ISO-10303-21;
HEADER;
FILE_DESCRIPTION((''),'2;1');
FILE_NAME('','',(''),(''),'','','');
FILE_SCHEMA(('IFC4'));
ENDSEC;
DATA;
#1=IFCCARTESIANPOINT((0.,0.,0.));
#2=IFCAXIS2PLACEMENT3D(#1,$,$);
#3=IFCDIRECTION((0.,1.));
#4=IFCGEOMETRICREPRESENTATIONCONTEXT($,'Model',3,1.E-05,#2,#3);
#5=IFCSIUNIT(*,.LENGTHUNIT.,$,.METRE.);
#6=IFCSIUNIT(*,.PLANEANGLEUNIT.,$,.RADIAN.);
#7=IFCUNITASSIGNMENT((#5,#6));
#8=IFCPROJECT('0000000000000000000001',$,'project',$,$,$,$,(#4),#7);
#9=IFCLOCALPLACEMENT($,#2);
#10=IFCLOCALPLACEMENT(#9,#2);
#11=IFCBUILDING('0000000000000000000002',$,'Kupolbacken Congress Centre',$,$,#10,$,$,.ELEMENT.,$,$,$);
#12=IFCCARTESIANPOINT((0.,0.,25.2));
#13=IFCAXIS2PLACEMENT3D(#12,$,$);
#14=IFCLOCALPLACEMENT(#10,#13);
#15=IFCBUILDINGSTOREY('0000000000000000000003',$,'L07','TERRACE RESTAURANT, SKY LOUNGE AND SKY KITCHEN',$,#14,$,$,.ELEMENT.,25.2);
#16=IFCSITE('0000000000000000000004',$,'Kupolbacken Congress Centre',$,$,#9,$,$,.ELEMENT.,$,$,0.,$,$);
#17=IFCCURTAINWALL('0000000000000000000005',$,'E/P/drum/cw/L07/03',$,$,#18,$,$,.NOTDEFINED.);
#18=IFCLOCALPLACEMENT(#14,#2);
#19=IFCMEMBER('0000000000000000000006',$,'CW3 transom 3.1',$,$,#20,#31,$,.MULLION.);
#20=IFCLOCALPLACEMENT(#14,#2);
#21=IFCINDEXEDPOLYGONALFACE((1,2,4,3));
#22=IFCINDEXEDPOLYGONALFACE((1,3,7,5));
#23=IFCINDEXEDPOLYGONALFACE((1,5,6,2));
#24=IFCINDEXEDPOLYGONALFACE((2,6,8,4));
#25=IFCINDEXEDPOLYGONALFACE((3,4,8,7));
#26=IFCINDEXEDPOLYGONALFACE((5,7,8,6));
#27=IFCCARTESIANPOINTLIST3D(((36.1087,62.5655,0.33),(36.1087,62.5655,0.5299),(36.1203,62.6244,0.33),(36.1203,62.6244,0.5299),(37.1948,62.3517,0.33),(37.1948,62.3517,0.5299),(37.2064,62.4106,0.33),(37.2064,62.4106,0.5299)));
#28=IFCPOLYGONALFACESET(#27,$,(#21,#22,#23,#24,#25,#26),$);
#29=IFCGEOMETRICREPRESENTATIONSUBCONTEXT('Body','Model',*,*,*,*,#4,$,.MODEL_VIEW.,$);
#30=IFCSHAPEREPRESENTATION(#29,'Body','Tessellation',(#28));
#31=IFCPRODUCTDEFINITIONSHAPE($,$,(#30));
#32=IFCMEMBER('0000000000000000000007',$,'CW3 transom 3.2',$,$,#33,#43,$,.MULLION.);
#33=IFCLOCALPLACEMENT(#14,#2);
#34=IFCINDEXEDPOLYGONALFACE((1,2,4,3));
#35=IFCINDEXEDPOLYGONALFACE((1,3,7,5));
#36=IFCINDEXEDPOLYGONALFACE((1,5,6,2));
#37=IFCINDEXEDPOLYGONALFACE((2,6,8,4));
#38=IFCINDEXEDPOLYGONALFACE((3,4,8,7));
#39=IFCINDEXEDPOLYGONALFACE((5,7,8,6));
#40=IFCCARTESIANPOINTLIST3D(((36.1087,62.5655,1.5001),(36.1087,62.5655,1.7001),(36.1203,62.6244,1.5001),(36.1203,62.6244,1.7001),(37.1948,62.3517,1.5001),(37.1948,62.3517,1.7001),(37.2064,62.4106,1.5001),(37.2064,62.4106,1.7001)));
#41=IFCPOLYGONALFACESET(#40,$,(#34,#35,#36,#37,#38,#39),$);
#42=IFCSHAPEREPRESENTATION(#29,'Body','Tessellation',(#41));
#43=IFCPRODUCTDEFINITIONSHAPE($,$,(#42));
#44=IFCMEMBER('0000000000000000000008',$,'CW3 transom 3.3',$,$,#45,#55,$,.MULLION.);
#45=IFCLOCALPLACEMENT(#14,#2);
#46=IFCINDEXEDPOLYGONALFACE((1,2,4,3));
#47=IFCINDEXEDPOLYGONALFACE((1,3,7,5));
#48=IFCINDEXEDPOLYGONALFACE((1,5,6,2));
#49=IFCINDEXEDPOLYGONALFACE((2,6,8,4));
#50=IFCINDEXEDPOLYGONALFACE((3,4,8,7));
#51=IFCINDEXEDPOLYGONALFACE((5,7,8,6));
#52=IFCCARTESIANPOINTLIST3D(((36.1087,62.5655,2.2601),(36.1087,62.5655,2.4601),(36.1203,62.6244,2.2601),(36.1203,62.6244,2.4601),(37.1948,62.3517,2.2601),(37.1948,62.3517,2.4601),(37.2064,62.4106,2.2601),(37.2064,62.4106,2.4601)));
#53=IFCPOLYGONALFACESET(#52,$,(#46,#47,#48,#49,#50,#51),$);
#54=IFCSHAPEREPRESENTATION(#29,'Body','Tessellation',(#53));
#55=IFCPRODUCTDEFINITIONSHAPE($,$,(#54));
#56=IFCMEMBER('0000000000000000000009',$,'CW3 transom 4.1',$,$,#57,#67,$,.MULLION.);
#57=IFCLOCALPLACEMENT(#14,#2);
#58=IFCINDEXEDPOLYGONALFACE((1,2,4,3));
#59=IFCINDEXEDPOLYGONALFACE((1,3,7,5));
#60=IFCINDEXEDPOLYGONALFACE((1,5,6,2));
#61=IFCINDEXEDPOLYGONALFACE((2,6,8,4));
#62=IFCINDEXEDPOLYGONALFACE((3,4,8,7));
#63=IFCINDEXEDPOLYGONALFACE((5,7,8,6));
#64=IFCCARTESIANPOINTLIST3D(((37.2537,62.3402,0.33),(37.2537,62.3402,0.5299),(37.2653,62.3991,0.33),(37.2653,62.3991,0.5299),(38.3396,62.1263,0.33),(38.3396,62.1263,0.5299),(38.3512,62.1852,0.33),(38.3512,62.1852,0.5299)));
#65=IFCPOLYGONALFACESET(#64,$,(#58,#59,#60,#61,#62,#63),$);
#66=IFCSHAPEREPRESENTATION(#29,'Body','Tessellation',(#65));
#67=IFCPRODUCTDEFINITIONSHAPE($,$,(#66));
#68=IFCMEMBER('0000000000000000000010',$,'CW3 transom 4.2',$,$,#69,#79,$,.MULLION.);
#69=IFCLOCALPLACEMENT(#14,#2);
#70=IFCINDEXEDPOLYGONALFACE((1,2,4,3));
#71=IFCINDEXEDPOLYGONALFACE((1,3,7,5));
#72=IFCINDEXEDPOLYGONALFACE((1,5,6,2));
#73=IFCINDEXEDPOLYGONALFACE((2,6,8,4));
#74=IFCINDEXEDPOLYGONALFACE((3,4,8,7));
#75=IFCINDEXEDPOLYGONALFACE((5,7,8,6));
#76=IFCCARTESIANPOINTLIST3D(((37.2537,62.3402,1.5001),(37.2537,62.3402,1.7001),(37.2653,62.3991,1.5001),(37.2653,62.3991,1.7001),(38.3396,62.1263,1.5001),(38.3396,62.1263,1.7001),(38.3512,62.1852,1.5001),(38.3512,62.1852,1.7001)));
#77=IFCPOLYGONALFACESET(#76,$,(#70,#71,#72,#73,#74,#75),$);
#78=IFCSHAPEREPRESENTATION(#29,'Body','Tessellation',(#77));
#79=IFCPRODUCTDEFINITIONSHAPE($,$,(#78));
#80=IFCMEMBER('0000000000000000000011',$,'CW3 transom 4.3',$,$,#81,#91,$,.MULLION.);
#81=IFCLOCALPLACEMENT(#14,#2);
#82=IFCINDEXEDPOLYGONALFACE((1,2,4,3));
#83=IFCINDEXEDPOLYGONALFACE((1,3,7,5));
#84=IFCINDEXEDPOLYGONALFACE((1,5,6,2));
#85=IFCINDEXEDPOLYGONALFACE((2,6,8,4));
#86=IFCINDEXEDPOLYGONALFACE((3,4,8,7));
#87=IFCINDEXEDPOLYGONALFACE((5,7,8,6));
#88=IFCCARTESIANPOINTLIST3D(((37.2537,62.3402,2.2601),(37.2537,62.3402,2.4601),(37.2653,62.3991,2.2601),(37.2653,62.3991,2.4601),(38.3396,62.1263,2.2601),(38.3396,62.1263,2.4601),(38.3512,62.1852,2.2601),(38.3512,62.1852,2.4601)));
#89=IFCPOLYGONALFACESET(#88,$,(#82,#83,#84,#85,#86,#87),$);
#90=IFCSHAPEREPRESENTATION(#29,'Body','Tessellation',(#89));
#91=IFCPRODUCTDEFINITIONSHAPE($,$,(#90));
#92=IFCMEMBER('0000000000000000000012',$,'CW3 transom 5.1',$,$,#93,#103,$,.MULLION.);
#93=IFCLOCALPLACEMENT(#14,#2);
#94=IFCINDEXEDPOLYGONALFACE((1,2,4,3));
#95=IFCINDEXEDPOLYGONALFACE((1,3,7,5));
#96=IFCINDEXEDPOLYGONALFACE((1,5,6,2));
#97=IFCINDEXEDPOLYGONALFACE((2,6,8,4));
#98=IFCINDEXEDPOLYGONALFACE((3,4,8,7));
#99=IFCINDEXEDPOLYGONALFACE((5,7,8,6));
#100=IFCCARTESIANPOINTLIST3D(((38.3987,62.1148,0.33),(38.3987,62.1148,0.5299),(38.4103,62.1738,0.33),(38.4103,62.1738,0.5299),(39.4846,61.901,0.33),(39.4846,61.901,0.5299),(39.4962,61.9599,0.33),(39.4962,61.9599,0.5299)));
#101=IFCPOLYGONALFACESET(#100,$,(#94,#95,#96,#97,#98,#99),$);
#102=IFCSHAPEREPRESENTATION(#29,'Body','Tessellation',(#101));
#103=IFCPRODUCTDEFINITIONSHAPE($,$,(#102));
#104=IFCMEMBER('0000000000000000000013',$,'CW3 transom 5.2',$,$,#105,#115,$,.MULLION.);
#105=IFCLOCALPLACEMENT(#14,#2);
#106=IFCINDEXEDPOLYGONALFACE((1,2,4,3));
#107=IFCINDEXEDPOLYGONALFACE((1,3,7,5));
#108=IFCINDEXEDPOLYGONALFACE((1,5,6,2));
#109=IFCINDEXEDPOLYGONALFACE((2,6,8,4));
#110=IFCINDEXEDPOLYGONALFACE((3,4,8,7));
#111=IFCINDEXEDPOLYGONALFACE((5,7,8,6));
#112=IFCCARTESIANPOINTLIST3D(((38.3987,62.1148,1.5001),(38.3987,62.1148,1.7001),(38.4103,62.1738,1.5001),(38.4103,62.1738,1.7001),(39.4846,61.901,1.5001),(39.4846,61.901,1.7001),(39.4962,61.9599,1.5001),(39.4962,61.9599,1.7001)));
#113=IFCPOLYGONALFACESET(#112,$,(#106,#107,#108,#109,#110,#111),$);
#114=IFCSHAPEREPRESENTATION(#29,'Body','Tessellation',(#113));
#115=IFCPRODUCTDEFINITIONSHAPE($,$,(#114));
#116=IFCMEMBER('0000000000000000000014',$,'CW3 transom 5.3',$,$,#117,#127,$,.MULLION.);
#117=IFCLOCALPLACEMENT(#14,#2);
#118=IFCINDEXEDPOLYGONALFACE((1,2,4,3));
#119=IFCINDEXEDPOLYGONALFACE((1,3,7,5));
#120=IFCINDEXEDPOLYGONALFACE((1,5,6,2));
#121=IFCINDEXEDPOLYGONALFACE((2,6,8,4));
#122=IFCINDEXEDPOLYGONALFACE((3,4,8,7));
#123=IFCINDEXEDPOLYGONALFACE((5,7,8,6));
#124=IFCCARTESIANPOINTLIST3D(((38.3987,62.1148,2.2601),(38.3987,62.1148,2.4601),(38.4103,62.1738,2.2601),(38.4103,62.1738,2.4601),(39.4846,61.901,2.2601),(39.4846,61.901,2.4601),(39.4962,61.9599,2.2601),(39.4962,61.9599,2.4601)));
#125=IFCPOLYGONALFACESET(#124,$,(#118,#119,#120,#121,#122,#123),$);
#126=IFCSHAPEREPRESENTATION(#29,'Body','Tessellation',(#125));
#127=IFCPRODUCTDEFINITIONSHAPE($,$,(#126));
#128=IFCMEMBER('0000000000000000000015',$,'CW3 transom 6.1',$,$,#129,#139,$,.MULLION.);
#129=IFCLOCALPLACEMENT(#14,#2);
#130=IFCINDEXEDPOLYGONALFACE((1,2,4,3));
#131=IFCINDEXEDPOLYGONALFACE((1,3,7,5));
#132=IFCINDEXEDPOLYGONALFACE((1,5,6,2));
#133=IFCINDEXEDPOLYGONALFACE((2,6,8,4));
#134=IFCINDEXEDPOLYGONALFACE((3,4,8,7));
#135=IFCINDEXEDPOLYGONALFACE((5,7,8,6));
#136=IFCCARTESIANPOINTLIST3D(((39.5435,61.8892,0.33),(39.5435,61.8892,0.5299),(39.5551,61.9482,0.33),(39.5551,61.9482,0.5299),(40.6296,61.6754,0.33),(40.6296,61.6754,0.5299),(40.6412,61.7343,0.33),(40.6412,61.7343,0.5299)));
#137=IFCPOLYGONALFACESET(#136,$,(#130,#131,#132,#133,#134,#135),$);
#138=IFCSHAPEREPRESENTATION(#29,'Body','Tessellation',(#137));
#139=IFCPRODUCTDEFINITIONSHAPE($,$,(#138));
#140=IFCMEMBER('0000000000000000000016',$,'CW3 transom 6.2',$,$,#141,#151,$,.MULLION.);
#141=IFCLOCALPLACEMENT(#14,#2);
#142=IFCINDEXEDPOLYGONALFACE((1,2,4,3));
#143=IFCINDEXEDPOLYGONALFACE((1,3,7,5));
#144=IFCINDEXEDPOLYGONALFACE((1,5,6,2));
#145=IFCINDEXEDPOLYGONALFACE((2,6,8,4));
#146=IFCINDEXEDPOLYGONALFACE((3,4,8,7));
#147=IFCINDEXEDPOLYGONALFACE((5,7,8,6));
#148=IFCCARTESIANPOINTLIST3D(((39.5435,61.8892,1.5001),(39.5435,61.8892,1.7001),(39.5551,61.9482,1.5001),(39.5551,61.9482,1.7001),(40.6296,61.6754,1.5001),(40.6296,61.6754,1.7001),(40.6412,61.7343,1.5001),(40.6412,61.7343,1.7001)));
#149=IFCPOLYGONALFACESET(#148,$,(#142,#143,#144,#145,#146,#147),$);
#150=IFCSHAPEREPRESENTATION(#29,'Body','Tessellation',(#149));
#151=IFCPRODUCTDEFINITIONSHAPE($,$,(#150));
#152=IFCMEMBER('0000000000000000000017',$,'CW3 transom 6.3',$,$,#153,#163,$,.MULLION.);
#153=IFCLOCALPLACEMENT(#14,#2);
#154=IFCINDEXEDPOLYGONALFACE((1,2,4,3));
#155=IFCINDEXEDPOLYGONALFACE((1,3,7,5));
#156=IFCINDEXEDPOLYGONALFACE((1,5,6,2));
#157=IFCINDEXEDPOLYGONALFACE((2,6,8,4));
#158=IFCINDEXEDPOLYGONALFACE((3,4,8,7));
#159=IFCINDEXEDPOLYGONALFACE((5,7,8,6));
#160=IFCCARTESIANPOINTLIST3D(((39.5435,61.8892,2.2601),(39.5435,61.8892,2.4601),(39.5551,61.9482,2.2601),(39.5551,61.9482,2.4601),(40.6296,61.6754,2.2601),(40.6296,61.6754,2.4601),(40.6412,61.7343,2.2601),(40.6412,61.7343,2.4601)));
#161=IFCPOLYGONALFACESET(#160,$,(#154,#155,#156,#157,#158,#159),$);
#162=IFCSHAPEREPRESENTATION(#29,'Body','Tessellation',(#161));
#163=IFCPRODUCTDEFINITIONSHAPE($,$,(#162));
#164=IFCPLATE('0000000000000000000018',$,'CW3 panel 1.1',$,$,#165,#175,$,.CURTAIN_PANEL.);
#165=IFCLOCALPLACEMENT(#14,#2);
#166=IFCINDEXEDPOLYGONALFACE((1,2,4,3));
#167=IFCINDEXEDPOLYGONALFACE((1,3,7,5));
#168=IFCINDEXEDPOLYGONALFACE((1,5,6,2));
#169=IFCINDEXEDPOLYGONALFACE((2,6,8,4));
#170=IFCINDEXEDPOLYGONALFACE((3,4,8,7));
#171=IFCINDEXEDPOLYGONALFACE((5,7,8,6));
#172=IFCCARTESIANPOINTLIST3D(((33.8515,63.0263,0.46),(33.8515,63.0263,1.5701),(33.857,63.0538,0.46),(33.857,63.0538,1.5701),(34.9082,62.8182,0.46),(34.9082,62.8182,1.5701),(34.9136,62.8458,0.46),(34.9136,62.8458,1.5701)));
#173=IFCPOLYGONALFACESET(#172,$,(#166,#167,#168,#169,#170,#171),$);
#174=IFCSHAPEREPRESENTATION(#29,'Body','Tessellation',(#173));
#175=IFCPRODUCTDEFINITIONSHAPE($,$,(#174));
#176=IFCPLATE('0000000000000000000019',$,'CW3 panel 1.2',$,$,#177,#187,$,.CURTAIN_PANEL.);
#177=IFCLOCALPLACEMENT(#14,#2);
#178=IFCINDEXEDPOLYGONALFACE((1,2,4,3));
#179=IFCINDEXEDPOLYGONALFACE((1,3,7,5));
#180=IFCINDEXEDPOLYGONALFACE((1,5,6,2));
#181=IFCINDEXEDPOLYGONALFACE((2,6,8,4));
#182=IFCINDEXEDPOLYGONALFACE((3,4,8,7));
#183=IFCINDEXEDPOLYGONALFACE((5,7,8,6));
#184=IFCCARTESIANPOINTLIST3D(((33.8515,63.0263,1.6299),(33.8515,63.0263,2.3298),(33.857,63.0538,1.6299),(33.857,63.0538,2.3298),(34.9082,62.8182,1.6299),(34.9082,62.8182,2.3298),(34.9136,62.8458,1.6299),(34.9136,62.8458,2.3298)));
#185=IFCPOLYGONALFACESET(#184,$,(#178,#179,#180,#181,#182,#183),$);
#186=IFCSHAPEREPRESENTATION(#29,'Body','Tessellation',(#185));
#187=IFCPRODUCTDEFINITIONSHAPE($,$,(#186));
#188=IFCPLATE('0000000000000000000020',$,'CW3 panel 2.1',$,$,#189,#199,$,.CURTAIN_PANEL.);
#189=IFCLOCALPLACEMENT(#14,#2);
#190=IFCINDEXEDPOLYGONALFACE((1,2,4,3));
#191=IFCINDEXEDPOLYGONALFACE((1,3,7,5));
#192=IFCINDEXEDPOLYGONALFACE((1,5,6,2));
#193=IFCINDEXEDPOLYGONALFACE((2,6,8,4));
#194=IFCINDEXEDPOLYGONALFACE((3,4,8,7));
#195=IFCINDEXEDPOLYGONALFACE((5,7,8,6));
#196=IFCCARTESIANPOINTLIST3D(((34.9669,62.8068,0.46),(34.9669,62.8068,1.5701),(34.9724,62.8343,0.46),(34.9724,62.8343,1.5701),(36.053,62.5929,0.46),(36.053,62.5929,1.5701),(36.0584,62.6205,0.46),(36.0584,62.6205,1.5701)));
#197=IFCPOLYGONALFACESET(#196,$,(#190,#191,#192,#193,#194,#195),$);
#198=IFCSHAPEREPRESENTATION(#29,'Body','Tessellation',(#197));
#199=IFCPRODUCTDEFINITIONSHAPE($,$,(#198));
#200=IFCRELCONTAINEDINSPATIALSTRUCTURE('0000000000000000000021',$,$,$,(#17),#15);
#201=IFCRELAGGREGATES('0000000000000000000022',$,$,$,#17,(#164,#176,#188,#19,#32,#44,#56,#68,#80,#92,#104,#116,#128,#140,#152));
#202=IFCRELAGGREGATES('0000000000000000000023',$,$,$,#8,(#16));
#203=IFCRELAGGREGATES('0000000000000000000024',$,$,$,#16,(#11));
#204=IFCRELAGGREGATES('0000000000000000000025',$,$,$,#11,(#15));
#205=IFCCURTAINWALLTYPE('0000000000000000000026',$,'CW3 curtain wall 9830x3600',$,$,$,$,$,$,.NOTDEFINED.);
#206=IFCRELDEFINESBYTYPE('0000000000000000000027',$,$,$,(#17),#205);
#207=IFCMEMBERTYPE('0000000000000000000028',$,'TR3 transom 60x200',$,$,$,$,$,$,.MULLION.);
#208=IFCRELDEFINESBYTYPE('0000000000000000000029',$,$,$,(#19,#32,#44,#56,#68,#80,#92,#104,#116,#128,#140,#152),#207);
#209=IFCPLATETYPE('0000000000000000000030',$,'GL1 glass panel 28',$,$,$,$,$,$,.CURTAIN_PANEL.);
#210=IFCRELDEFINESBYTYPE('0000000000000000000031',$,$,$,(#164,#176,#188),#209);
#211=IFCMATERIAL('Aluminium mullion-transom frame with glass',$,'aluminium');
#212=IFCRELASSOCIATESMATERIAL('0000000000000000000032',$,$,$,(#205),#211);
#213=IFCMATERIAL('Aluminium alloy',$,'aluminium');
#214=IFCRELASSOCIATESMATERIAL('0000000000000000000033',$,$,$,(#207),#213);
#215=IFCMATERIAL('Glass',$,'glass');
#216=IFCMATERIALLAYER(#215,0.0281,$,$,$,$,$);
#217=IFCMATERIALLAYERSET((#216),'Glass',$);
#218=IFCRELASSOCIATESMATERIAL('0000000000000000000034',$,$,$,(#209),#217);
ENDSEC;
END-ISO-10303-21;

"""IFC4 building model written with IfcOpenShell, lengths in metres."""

from ifc_helpers import new_model, si_unit, direction, frame, origin, origin_2d, place, context, subcontext, project, spatial, rectangle, extrude, material, layer, layer_set, material_profile, profile_set, type_object, element, aggregate, save


model = new_model("IFC4")

# Units and contexts
model_context = context("Model", 3, precision=1e-05, world=origin(), true_north=direction((0.0, 1.0)))
body_context = subcontext(model_context, "Body", "Model", "MODEL_VIEW")
ifc_project = project(units=[si_unit("LENGTHUNIT", "METRE"), si_unit("PLANEANGLEUNIT", "RADIAN")], contexts=[model_context])

# Site, building, storey
site_placement = place(None, origin())
site = spatial("IfcSite", under=ifc_project, at=site_placement, Name="Kupolbacken Congress Centre", CompositionType="ELEMENT", RefElevation=0.0)
building_placement = place(site_placement, origin())
building = spatial("IfcBuilding", under=site, at=building_placement, Name="Kupolbacken Congress Centre", CompositionType="ELEMENT")
storey_placement = place(building_placement, frame((0.0, 0.0, 25.2)))
storey = spatial("IfcBuildingStorey", under=building, at=storey_placement, Name="L07", Description="TERRACE RESTAURANT, SKY LOUNGE AND SKY KITCHEN", CompositionType="ELEMENT", Elevation=25.2)

# Curtain wall, members, plates
ifc_material_1 = material(Name="Aluminium mullion-transom frame with glass", Category="aluminium")
curtain_wall_type = type_object("IfcCurtainWallType", Name="CW3 curtain wall 9830x3600", PredefinedType="NOTDEFINED", material=ifc_material_1)
curtain_wall_placement = place(storey_placement, origin())
curtain_wall = element("IfcCurtainWall", 1, at=curtain_wall_placement, inside=storey, type_object=curtain_wall_type, Name="E/P/drum/cw/L07/03", PredefinedType="NOTDEFINED")
ifc_material_2 = material(Name="Aluminium alloy", Category="aluminium")
ifc_material_profile_1 = material_profile(ifc_material_2, rectangle(XDim=0.0601, YDim=0.2, at=origin_2d()), Name="60 x 200")
ifc_profile_set_1 = profile_set([ifc_material_profile_1], Name="Aluminium alloy")
member_type_1 = type_object("IfcMemberType", Name="TR3 transom 60x200", PredefinedType="MULLION", material=ifc_profile_set_1)
member_1_placement = place(storey_placement, frame((36.1145, 62.595, 0.4299), z_axis=(0.981162, -0.193189, 0.0), x_axis=(0.193189, 0.981162, 0.0)))
member_1 = element("IfcMember", 2, at=member_1_placement, type_object=member_type_1, Name="CW3 transom 3.1", PredefinedType="MULLION", context=body_context, shape_type="SweptSolid", body=[
    extrude(rectangle(XDim=0.0601, YDim=0.2, at=origin_2d()), origin(), (0.0, 0.0, 1.0), 1.1069),
])
member_2_placement = place(storey_placement, frame((36.1145, 62.595, 1.6001), z_axis=(0.981162, -0.193189, 0.0), x_axis=(0.193189, 0.981162, 0.0)))
member_2 = element("IfcMember", 3, at=member_2_placement, type_object=member_type_1, Name="CW3 transom 3.2", PredefinedType="MULLION", context=body_context, shape_type="SweptSolid", body=[
    extrude(rectangle(XDim=0.0601, YDim=0.2, at=origin_2d()), origin(), (0.0, 0.0, 1.0), 1.1069),
])
member_3_placement = place(storey_placement, frame((36.1145, 62.595, 2.3601), z_axis=(0.981162, -0.193189, 0.0), x_axis=(0.193189, 0.981162, 0.0)))
member_3 = element("IfcMember", 4, at=member_3_placement, type_object=member_type_1, Name="CW3 transom 3.3", PredefinedType="MULLION", context=body_context, shape_type="SweptSolid", body=[
    extrude(rectangle(XDim=0.0601, YDim=0.2, at=origin_2d()), origin(), (0.0, 0.0, 1.0), 1.1069),
])
member_4_placement = place(storey_placement, frame((37.2595, 62.3696, 0.4299), z_axis=(0.981153, -0.193231, 0.0), x_axis=(0.193231, 0.981153, 0.0)))
member_4 = element("IfcMember", 5, at=member_4_placement, type_object=member_type_1, Name="CW3 transom 4.1", PredefinedType="MULLION", context=body_context, shape_type="SweptSolid", body=[
    extrude(rectangle(XDim=0.0601, YDim=0.2, at=origin_2d()), origin(), (0.0, 0.0, 1.0), 1.1067),
])
member_5_placement = place(storey_placement, frame((37.2595, 62.3696, 1.6001), z_axis=(0.981153, -0.193231, 0.0), x_axis=(0.193231, 0.981153, 0.0)))
member_5 = element("IfcMember", 6, at=member_5_placement, type_object=member_type_1, Name="CW3 transom 4.2", PredefinedType="MULLION", context=body_context, shape_type="SweptSolid", body=[
    extrude(rectangle(XDim=0.0601, YDim=0.2, at=origin_2d()), origin(), (0.0, 0.0, 1.0), 1.1067),
])
member_6_placement = place(storey_placement, frame((37.2595, 62.3696, 2.3601), z_axis=(0.981153, -0.193231, 0.0), x_axis=(0.193231, 0.981153, 0.0)))
member_6 = element("IfcMember", 7, at=member_6_placement, type_object=member_type_1, Name="CW3 transom 4.3", PredefinedType="MULLION", context=body_context, shape_type="SweptSolid", body=[
    extrude(rectangle(XDim=0.0601, YDim=0.2, at=origin_2d()), origin(), (0.0, 0.0, 1.0), 1.1067),
])
member_7_placement = place(storey_placement, frame((38.4045, 62.1443, 0.4299), z_axis=(0.981153, -0.193231, 0.0), x_axis=(0.193231, 0.981153, 0.0)))
member_7 = element("IfcMember", 8, at=member_7_placement, type_object=member_type_1, Name="CW3 transom 5.1", PredefinedType="MULLION", context=body_context, shape_type="SweptSolid", body=[
    extrude(rectangle(XDim=0.0601, YDim=0.2, at=origin_2d()), origin(), (0.0, 0.0, 1.0), 1.1067),
])
member_8_placement = place(storey_placement, frame((38.4045, 62.1443, 1.6001), z_axis=(0.981153, -0.193231, 0.0), x_axis=(0.193231, 0.981153, 0.0)))
member_8 = element("IfcMember", 9, at=member_8_placement, type_object=member_type_1, Name="CW3 transom 5.2", PredefinedType="MULLION", context=body_context, shape_type="SweptSolid", body=[
    extrude(rectangle(XDim=0.0601, YDim=0.2, at=origin_2d()), origin(), (0.0, 0.0, 1.0), 1.1067),
])
member_9_placement = place(storey_placement, frame((38.4045, 62.1443, 2.3601), z_axis=(0.981153, -0.193231, 0.0), x_axis=(0.193231, 0.981153, 0.0)))
member_9 = element("IfcMember", 10, at=member_9_placement, type_object=member_type_1, Name="CW3 transom 5.3", PredefinedType="MULLION", context=body_context, shape_type="SweptSolid", body=[
    extrude(rectangle(XDim=0.0601, YDim=0.2, at=origin_2d()), origin(), (0.0, 0.0, 1.0), 1.1067),
])
member_10_placement = place(storey_placement, frame((39.5493, 61.9187, 0.4299), z_axis=(0.981162, -0.193189, 0.0), x_axis=(0.193189, 0.981162, 0.0)))
member_10 = element("IfcMember", 11, at=member_10_placement, type_object=member_type_1, Name="CW3 transom 6.1", PredefinedType="MULLION", context=body_context, shape_type="SweptSolid", body=[
    extrude(rectangle(XDim=0.0601, YDim=0.2, at=origin_2d()), origin(), (0.0, 0.0, 1.0), 1.1069),
])
member_11_placement = place(storey_placement, frame((39.5493, 61.9187, 1.6001), z_axis=(0.981162, -0.193189, 0.0), x_axis=(0.193189, 0.981162, 0.0)))
member_11 = element("IfcMember", 12, at=member_11_placement, type_object=member_type_1, Name="CW3 transom 6.2", PredefinedType="MULLION", context=body_context, shape_type="SweptSolid", body=[
    extrude(rectangle(XDim=0.0601, YDim=0.2, at=origin_2d()), origin(), (0.0, 0.0, 1.0), 1.1069),
])
member_12_placement = place(storey_placement, frame((39.5493, 61.9187, 2.3601), z_axis=(0.981162, -0.193189, 0.0), x_axis=(0.193189, 0.981162, 0.0)))
member_12 = element("IfcMember", 13, at=member_12_placement, type_object=member_type_1, Name="CW3 transom 6.3", PredefinedType="MULLION", context=body_context, shape_type="SweptSolid", body=[
    extrude(rectangle(XDim=0.0601, YDim=0.2, at=origin_2d()), origin(), (0.0, 0.0, 1.0), 1.1069),
])
ifc_material_3 = material(Name="Glass", Category="glass")
ifc_layer = layer(ifc_material_3, 0.0281)
ifc_layer_set = layer_set([ifc_layer], Name="Glass")
plate_type = type_object("IfcPlateType", Name="GL1 glass panel 28", PredefinedType="CURTAIN_PANEL", material=ifc_layer_set)
plate_1_placement = place(storey_placement, frame((34.3826, 62.936, 0.46), z_axis=(0.0, 0.0, 1.0), x_axis=(0.981163, -0.193182, 0.0)))
plate_1 = element("IfcPlate", 14, at=plate_1_placement, type_object=plate_type, Name="CW3 panel 1.1", PredefinedType="CURTAIN_PANEL", context=body_context, shape_type="SweptSolid", body=[
    extrude(rectangle(XDim=1.0769, YDim=0.0281, at=origin_2d()), origin(), (0.0, 0.0, 1.0), 1.1101),
])
plate_2_placement = place(storey_placement, frame((34.3826, 62.936, 1.6299), z_axis=(0.0, 0.0, 1.0), x_axis=(0.981163, -0.193182, 0.0)))
plate_2 = element("IfcPlate", 15, at=plate_2_placement, type_object=plate_type, Name="CW3 panel 1.2", PredefinedType="CURTAIN_PANEL", context=body_context, shape_type="SweptSolid", body=[
    extrude(rectangle(XDim=1.0769, YDim=0.0281, at=origin_2d()), origin(), (0.0, 0.0, 1.0), 0.7),
])
plate_3_placement = place(storey_placement, frame((35.5127, 62.7136, 0.46), z_axis=(0.0, 0.0, 1.0), x_axis=(0.981163, -0.193182, 0.0)))
plate_3 = element("IfcPlate", 16, at=plate_3_placement, type_object=plate_type, Name="CW3 panel 2.1", PredefinedType="CURTAIN_PANEL", context=body_context, shape_type="SweptSolid", body=[
    extrude(rectangle(XDim=1.1069, YDim=0.0281, at=origin_2d()), origin(), (0.0, 0.0, 1.0), 1.1101),
])
aggregate(curtain_wall, [plate_1, plate_2, plate_3, member_1, member_2, member_3, member_4, member_5, member_6, member_7, member_8, member_9, member_10, member_11, member_12])

save(model, "model.ifc")
